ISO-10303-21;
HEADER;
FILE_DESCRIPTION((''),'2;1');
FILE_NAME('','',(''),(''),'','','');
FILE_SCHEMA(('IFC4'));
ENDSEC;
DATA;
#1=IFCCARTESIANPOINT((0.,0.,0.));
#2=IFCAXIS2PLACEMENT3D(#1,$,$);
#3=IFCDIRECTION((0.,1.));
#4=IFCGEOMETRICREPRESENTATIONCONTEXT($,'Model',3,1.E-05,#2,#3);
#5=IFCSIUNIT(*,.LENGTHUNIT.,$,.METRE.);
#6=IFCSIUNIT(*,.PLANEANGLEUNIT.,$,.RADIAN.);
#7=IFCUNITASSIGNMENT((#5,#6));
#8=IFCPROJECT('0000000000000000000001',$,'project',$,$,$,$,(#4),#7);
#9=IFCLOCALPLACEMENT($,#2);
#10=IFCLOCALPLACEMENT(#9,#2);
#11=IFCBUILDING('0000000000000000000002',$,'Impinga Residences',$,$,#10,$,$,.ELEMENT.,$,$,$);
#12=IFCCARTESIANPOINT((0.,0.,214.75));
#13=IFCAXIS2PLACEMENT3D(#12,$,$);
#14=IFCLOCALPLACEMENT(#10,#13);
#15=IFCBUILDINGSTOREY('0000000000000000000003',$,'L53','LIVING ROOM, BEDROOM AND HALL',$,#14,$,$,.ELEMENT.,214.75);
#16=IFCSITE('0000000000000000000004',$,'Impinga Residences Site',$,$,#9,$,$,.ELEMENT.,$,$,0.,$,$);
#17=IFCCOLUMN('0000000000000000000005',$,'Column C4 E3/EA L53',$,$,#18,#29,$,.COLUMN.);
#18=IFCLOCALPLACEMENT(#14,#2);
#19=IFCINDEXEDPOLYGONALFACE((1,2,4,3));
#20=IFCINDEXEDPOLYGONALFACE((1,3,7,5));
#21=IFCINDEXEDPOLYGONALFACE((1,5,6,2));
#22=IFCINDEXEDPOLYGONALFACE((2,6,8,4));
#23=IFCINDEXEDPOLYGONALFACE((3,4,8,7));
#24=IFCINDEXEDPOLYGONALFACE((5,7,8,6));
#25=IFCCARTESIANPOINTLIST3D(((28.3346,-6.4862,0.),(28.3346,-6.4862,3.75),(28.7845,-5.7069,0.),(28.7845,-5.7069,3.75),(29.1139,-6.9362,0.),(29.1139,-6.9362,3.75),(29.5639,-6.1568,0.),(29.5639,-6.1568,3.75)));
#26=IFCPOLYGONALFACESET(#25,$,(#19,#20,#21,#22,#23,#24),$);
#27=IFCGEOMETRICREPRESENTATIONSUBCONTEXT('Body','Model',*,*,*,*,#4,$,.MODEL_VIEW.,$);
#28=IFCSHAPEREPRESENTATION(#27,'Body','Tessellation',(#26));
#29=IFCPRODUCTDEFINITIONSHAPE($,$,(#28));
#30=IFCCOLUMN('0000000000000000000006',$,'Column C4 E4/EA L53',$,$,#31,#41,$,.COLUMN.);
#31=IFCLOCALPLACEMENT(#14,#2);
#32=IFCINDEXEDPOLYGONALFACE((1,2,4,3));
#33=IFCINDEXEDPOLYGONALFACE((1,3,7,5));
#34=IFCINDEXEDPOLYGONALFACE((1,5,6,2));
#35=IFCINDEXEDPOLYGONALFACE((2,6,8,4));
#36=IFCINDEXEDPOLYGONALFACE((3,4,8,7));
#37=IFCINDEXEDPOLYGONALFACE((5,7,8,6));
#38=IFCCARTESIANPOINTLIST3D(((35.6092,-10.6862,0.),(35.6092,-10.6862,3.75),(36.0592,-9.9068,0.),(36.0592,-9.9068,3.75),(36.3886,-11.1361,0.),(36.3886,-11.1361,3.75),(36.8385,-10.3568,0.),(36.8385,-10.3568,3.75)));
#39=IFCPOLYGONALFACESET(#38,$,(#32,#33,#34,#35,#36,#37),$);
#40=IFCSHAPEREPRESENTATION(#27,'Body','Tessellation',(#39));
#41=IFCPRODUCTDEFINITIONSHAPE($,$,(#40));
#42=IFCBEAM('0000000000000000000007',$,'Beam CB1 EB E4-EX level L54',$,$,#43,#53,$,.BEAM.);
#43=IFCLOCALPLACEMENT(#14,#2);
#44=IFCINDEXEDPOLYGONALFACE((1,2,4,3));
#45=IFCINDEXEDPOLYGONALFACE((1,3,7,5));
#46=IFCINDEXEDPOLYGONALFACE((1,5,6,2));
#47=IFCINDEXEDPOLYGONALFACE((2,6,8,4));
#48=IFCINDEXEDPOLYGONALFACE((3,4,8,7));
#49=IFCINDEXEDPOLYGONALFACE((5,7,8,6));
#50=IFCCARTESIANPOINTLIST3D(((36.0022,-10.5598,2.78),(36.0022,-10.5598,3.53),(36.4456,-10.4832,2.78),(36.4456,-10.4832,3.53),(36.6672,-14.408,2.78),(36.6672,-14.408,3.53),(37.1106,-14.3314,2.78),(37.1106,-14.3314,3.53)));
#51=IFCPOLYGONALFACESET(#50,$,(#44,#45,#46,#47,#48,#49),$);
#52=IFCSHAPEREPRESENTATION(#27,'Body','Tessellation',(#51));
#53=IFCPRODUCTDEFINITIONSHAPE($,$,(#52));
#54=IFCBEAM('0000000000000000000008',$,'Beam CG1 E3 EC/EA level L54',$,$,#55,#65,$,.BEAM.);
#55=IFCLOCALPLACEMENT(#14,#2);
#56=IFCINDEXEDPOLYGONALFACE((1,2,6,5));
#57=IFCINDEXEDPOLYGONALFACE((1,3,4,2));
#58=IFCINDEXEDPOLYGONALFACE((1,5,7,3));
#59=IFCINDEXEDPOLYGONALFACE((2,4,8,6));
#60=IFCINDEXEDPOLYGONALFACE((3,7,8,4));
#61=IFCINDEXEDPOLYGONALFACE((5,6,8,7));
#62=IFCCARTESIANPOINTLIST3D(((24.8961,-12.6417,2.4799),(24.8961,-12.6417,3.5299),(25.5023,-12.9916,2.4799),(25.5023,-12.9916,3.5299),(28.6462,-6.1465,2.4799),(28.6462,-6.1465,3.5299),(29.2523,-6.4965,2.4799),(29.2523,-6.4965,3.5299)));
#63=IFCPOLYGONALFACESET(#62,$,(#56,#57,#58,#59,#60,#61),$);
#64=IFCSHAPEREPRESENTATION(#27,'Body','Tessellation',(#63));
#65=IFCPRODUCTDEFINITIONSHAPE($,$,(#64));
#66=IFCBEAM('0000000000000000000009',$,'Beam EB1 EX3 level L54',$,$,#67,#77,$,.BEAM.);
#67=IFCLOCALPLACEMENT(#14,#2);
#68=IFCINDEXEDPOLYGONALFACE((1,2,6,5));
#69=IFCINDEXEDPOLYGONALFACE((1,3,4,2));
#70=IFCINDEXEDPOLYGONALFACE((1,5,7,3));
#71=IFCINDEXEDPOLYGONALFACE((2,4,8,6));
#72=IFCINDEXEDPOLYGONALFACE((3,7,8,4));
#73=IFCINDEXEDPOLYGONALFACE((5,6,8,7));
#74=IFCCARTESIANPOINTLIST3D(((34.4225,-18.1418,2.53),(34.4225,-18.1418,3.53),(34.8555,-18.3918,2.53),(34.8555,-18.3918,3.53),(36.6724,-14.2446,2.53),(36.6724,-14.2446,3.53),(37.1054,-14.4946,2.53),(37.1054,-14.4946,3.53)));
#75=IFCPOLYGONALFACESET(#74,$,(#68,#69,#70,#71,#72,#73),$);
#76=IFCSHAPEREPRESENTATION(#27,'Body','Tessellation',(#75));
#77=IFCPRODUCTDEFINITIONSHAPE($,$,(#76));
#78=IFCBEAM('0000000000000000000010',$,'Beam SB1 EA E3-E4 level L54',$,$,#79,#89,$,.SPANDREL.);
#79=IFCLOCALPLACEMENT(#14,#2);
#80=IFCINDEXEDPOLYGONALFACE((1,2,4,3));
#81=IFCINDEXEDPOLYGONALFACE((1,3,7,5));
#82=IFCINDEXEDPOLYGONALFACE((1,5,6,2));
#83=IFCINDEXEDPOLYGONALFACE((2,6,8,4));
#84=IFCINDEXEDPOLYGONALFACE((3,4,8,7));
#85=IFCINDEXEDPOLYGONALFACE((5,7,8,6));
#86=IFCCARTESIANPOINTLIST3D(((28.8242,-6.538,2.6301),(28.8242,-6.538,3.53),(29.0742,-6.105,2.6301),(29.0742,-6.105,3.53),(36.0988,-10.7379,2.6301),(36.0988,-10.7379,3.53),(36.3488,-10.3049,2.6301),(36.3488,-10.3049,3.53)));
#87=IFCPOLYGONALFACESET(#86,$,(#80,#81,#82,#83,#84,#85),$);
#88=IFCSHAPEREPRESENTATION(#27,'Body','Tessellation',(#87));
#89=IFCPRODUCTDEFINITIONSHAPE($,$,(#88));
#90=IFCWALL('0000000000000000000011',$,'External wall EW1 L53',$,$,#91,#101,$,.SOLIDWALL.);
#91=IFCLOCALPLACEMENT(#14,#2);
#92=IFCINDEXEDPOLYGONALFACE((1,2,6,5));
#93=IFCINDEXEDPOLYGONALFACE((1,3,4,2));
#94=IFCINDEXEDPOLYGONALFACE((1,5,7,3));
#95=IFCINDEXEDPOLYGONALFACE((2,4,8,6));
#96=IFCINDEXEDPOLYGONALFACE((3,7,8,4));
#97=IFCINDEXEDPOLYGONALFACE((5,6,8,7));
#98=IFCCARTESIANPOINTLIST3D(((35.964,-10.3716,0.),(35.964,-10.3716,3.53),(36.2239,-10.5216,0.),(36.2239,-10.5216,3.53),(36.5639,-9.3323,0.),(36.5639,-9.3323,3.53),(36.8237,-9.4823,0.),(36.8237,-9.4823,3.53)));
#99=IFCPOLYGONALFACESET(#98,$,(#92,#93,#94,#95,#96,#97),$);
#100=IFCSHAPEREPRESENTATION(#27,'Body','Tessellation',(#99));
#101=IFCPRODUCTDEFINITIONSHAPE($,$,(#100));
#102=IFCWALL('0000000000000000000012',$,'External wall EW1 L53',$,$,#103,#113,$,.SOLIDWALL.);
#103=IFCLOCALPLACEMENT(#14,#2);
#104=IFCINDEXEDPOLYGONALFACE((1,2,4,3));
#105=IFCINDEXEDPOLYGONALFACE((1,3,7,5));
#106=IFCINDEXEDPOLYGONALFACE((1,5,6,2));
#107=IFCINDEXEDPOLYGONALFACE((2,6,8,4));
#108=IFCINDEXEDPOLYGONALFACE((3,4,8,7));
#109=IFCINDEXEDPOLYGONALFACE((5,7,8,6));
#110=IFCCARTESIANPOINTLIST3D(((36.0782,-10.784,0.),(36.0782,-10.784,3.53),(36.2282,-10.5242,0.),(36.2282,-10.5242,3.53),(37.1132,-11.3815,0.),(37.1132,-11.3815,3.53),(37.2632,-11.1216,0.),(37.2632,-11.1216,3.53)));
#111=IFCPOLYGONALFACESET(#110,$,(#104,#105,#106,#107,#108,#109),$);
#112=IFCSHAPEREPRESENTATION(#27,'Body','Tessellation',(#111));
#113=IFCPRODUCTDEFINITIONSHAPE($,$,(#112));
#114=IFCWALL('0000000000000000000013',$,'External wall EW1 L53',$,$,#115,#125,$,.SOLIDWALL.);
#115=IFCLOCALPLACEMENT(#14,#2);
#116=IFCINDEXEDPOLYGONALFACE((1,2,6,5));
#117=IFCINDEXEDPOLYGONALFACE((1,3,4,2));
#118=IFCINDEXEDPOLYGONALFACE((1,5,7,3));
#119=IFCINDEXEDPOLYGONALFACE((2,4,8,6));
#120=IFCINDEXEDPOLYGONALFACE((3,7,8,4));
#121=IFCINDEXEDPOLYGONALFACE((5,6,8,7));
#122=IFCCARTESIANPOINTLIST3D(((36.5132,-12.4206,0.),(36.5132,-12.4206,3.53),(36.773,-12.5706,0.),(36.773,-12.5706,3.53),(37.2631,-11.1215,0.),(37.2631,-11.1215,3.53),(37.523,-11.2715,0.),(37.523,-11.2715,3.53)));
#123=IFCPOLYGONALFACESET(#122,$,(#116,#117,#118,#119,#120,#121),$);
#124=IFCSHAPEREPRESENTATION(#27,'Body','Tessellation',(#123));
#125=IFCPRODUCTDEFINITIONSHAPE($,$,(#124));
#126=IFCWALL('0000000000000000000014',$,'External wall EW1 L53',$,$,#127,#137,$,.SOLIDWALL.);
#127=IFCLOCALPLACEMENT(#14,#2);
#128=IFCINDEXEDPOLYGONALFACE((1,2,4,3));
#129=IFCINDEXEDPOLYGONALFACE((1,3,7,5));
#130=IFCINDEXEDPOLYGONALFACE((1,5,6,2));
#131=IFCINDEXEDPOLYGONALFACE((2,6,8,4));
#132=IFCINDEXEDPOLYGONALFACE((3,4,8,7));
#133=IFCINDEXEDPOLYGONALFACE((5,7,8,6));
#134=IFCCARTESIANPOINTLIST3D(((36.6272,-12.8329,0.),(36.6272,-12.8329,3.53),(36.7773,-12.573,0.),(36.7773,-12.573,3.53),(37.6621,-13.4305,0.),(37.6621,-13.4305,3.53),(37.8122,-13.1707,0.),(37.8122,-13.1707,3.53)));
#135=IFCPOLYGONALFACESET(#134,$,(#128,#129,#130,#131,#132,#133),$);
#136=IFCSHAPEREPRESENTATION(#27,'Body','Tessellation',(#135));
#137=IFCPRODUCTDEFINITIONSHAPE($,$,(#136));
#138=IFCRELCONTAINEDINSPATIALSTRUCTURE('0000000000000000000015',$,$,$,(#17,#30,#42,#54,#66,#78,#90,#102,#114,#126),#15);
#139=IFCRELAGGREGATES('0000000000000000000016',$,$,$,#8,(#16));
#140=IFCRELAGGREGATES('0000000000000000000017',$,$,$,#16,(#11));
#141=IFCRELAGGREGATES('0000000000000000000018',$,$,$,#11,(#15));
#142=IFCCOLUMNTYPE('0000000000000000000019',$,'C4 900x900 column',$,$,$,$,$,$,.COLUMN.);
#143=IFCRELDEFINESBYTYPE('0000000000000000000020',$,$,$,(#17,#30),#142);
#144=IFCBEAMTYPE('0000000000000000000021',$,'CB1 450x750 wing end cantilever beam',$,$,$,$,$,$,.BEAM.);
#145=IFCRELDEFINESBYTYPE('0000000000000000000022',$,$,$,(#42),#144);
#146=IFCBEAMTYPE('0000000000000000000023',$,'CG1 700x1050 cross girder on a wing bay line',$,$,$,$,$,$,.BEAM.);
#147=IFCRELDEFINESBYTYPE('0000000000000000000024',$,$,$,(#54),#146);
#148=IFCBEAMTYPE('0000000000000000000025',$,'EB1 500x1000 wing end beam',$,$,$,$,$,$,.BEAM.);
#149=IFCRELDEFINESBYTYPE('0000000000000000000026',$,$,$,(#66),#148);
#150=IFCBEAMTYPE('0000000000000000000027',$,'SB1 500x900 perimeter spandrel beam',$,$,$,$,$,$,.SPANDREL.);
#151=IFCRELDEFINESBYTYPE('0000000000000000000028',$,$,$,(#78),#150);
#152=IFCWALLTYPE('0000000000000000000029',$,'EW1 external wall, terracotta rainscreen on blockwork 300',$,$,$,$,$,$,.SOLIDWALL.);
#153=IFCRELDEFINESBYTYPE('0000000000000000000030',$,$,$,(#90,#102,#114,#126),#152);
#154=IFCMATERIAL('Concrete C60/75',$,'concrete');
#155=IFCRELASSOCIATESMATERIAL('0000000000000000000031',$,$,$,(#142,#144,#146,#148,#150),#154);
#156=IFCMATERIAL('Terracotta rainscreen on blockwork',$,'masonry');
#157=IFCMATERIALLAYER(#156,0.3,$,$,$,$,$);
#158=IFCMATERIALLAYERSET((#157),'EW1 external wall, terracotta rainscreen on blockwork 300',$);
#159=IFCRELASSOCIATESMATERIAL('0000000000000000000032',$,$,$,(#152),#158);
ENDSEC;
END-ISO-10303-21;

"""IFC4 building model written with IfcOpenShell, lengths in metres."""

from ifc_helpers import new_model, si_unit, direction, frame, frame_2d, origin, origin_2d, place, context, subcontext, project, spatial, rectangle, extrude, material, layer, layer_set, material_profile, profile_set, type_object, element, save


model = new_model("IFC4")

# Units and contexts
model_context = context("Model", 3, precision=1e-05, world=origin(), true_north=direction((0.0, 1.0)))
body_context = subcontext(model_context, "Body", "Model", "MODEL_VIEW")
ifc_project = project(units=[si_unit("LENGTHUNIT", "METRE"), si_unit("PLANEANGLEUNIT", "RADIAN")], contexts=[model_context])

# Site, building, storey
site_placement = place(None, origin())
site = spatial("IfcSite", under=ifc_project, at=site_placement, Name="Impinga Residences Site", CompositionType="ELEMENT", RefElevation=0.0)
building_placement = place(site_placement, origin())
building = spatial("IfcBuilding", under=site, at=building_placement, Name="Impinga Residences", CompositionType="ELEMENT")
storey_placement = place(building_placement, frame((0.0, 0.0, 214.75)))
storey = spatial("IfcBuildingStorey", under=building, at=storey_placement, Name="L53", Description="LIVING ROOM, BEDROOM AND HALL", CompositionType="ELEMENT", Elevation=214.75)

# Columns
ifc_material_1 = material(Name="Concrete C60/75", Category="concrete")
ifc_material_profile_1 = material_profile(ifc_material_1, rectangle(XDim=0.8999, YDim=0.8999, at=origin_2d()), Name="RC 900x900")
ifc_profile_set_1 = profile_set([ifc_material_profile_1], Name="Concrete C60/75")
column_type = type_object("IfcColumnType", Name="C4 900x900 column", PredefinedType="COLUMN", material=ifc_profile_set_1)
for number, where, z_axis, x_axis, name in (
    (1, (28.9492, -6.3215, 0.0), (0.0, 0.0, 1.0), (-0.5, -0.866025, 0.0), "Column C4 E3/EA L53"),
    (2, (36.2239, -10.5215, 0.0), (0.0, 0.0, 1.0), (-0.5, -0.866025, 0.0), "Column C4 E4/EA L53"),
):
    element("IfcColumn", number, at=place(storey_placement, frame(where, z_axis=z_axis, x_axis=x_axis)), inside=storey, type_object=column_type, Name=name, PredefinedType="COLUMN", context=body_context, shape_type="SweptSolid", body=[
        extrude(rectangle(XDim=0.8999, YDim=0.8999, at=origin_2d()), origin(), (0.0, 0.0, 1.0), 3.75),
    ])

# Beams
ifc_material_profile_2 = material_profile(ifc_material_1, rectangle(XDim=0.45, YDim=0.75, at=origin_2d()), Name="RC 450x750")
ifc_profile_set_2 = profile_set([ifc_material_profile_2], Name="Concrete C60/75")
beam_type_1 = type_object("IfcBeamType", Name="CB1 450x750 wing end cantilever beam", PredefinedType="BEAM", material=ifc_profile_set_2)
beam_1_placement = place(storey_placement, frame((36.2239, -10.5215, 3.155), z_axis=(0.170296, -0.985393, 0.0), x_axis=(0.985393, 0.170296, 0.0)))
element("IfcBeam", 3, at=beam_1_placement, inside=storey, type_object=beam_type_1, Name="Beam CB1 EB E4-EX level L54", PredefinedType="BEAM", context=body_context, shape_type="SweptSolid", body=[
    extrude(rectangle(XDim=0.45, YDim=0.75, at=origin_2d()), origin(), (0.0, 0.0, 1.0), 3.9053),
])
ifc_material_profile_3 = material_profile(ifc_material_1, rectangle(XDim=0.7, YDim=1.05, at=origin_2d()), Name="RC 700x1050")
ifc_profile_set_3 = profile_set([ifc_material_profile_3], Name="Concrete C60/75")
beam_type_2 = type_object("IfcBeamType", Name="CG1 700x1050 cross girder on a wing bay line", PredefinedType="BEAM", material=ifc_profile_set_3)
beam_2_placement = place(storey_placement, frame((25.1992, -12.8167, 3.0049), z_axis=(0.500004, 0.866023, 0.0), x_axis=(-0.866023, 0.500004, 0.0)))
element("IfcBeam", 4, at=beam_2_placement, inside=storey, type_object=beam_type_2, Name="Beam CG1 E3 EC/EA level L54", PredefinedType="BEAM", context=body_context, shape_type="SweptSolid", body=[
    extrude(rectangle(XDim=0.7, YDim=1.05, at=origin_2d()), origin(), (0.0, 0.0, 1.0), 7.5),
])
ifc_material_profile_4 = material_profile(ifc_material_1, rectangle(XDim=0.5, YDim=1.0, at=origin_2d()), Name="RC 500x1000")
ifc_profile_set_4 = profile_set([ifc_material_profile_4], Name="Concrete C60/75")
beam_type_3 = type_object("IfcBeamType", Name="EB1 500x1000 wing end beam", PredefinedType="BEAM", material=ifc_profile_set_4)
beam_3_placement = place(storey_placement, frame((36.8889, -14.3696, 3.03), z_axis=(-0.49999, -0.866031, 0.0), x_axis=(0.866031, -0.49999, 0.0)))
element("IfcBeam", 5, at=beam_3_placement, inside=storey, type_object=beam_type_3, Name="Beam EB1 EX3 level L54", PredefinedType="BEAM", context=body_context, shape_type="SweptSolid", body=[
    extrude(rectangle(XDim=0.5, YDim=1.0, at=origin_2d()), origin(), (0.0, 0.0, 1.0), 4.5),
])
ifc_material_profile_5 = material_profile(ifc_material_1, rectangle(XDim=0.5, YDim=0.8999, at=origin_2d()), Name="RC 500x900")
ifc_profile_set_5 = profile_set([ifc_material_profile_5], Name="Concrete C60/75")
beam_type_4 = type_object("IfcBeamType", Name="SB1 500x900 perimeter spandrel beam", PredefinedType="SPANDREL", material=ifc_profile_set_5)
beam_4_placement = place(storey_placement, frame((28.9492, -6.3215, 3.0801), z_axis=(0.866029, -0.499993, 0.0), x_axis=(0.499993, 0.866029, 0.0)))
element("IfcBeam", 6, at=beam_4_placement, inside=storey, type_object=beam_type_4, Name="Beam SB1 EA E3-E4 level L54", PredefinedType="SPANDREL", context=body_context, shape_type="SweptSolid", body=[
    extrude(rectangle(XDim=0.5, YDim=0.8999, at=origin_2d()), origin(), (0.0, 0.0, 1.0), 8.3999),
])

# Walls
ifc_material_2 = material(Name="Terracotta rainscreen on blockwork", Category="masonry")
ifc_layer_1 = layer(ifc_material_2, 0.3)
ifc_layer_set_1 = layer_set([ifc_layer_1], Name="EW1 external wall, terracotta rainscreen on blockwork 300")
wall_type_1 = type_object("IfcWallType", Name="EW1 external wall, terracotta rainscreen on blockwork 300", PredefinedType="SOLIDWALL", material=ifc_layer_set_1)
wall_1_placement = place(storey_placement, frame((36.6938, -9.4072, 0.0), z_axis=(0.0, 0.0, 1.0), x_axis=(-0.499881, -0.866094, 0.0)))
element("IfcWall", 7, at=wall_1_placement, inside=storey, type_object=wall_type_1, Name="External wall EW1 L53", PredefinedType="SOLIDWALL", context=body_context, shape_type="SweptSolid", body=[
    extrude(rectangle(XDim=1.2, YDim=0.3, at=frame_2d((0.6001, 0.0))), origin(), (0.0, 0.0, 1.0), 3.53),
])
wall_2_placement = place(storey_placement, frame((36.1531, -10.6541, 0.0), z_axis=(0.0, 0.0, 1.0), x_axis=(0.86606, -0.499941, 0.0)))
element("IfcWall", 8, at=wall_2_placement, inside=storey, type_object=wall_type_1, Name="External wall EW1 L53", PredefinedType="SOLIDWALL", context=body_context, shape_type="SweptSolid", body=[
    extrude(rectangle(XDim=1.1951, YDim=0.3, at=frame_2d((0.5977, 0.0))), origin(), (0.0, 0.0, 1.0), 3.53),
])
wall_3_placement = place(storey_placement, frame((37.3931, -11.1965, 0.0), z_axis=(0.0, 0.0, 1.0), x_axis=(-0.49999, -0.866031, 0.0)))
element("IfcWall", 9, at=wall_3_placement, inside=storey, type_object=wall_type_1, Name="External wall EW1 L53", PredefinedType="SOLIDWALL", context=body_context, shape_type="SweptSolid", body=[
    extrude(rectangle(XDim=1.5, YDim=0.3, at=frame_2d((0.75, 0.0))), origin(), (0.0, 0.0, 1.0), 3.53),
])
wall_4_placement = place(storey_placement, frame((36.7021, -12.7029, 0.0), z_axis=(0.0, 0.0, 1.0), x_axis=(0.865971, -0.500094, 0.0)))
element("IfcWall", 10, at=wall_4_placement, inside=storey, type_object=wall_type_1, Name="External wall EW1 L53", PredefinedType="SOLIDWALL", context=body_context, shape_type="SweptSolid", body=[
    extrude(rectangle(XDim=1.1951, YDim=0.3, at=frame_2d((0.5977, 0.0))), origin(), (0.0, 0.0, 1.0), 3.53),
])

save(model, "model.ifc")
